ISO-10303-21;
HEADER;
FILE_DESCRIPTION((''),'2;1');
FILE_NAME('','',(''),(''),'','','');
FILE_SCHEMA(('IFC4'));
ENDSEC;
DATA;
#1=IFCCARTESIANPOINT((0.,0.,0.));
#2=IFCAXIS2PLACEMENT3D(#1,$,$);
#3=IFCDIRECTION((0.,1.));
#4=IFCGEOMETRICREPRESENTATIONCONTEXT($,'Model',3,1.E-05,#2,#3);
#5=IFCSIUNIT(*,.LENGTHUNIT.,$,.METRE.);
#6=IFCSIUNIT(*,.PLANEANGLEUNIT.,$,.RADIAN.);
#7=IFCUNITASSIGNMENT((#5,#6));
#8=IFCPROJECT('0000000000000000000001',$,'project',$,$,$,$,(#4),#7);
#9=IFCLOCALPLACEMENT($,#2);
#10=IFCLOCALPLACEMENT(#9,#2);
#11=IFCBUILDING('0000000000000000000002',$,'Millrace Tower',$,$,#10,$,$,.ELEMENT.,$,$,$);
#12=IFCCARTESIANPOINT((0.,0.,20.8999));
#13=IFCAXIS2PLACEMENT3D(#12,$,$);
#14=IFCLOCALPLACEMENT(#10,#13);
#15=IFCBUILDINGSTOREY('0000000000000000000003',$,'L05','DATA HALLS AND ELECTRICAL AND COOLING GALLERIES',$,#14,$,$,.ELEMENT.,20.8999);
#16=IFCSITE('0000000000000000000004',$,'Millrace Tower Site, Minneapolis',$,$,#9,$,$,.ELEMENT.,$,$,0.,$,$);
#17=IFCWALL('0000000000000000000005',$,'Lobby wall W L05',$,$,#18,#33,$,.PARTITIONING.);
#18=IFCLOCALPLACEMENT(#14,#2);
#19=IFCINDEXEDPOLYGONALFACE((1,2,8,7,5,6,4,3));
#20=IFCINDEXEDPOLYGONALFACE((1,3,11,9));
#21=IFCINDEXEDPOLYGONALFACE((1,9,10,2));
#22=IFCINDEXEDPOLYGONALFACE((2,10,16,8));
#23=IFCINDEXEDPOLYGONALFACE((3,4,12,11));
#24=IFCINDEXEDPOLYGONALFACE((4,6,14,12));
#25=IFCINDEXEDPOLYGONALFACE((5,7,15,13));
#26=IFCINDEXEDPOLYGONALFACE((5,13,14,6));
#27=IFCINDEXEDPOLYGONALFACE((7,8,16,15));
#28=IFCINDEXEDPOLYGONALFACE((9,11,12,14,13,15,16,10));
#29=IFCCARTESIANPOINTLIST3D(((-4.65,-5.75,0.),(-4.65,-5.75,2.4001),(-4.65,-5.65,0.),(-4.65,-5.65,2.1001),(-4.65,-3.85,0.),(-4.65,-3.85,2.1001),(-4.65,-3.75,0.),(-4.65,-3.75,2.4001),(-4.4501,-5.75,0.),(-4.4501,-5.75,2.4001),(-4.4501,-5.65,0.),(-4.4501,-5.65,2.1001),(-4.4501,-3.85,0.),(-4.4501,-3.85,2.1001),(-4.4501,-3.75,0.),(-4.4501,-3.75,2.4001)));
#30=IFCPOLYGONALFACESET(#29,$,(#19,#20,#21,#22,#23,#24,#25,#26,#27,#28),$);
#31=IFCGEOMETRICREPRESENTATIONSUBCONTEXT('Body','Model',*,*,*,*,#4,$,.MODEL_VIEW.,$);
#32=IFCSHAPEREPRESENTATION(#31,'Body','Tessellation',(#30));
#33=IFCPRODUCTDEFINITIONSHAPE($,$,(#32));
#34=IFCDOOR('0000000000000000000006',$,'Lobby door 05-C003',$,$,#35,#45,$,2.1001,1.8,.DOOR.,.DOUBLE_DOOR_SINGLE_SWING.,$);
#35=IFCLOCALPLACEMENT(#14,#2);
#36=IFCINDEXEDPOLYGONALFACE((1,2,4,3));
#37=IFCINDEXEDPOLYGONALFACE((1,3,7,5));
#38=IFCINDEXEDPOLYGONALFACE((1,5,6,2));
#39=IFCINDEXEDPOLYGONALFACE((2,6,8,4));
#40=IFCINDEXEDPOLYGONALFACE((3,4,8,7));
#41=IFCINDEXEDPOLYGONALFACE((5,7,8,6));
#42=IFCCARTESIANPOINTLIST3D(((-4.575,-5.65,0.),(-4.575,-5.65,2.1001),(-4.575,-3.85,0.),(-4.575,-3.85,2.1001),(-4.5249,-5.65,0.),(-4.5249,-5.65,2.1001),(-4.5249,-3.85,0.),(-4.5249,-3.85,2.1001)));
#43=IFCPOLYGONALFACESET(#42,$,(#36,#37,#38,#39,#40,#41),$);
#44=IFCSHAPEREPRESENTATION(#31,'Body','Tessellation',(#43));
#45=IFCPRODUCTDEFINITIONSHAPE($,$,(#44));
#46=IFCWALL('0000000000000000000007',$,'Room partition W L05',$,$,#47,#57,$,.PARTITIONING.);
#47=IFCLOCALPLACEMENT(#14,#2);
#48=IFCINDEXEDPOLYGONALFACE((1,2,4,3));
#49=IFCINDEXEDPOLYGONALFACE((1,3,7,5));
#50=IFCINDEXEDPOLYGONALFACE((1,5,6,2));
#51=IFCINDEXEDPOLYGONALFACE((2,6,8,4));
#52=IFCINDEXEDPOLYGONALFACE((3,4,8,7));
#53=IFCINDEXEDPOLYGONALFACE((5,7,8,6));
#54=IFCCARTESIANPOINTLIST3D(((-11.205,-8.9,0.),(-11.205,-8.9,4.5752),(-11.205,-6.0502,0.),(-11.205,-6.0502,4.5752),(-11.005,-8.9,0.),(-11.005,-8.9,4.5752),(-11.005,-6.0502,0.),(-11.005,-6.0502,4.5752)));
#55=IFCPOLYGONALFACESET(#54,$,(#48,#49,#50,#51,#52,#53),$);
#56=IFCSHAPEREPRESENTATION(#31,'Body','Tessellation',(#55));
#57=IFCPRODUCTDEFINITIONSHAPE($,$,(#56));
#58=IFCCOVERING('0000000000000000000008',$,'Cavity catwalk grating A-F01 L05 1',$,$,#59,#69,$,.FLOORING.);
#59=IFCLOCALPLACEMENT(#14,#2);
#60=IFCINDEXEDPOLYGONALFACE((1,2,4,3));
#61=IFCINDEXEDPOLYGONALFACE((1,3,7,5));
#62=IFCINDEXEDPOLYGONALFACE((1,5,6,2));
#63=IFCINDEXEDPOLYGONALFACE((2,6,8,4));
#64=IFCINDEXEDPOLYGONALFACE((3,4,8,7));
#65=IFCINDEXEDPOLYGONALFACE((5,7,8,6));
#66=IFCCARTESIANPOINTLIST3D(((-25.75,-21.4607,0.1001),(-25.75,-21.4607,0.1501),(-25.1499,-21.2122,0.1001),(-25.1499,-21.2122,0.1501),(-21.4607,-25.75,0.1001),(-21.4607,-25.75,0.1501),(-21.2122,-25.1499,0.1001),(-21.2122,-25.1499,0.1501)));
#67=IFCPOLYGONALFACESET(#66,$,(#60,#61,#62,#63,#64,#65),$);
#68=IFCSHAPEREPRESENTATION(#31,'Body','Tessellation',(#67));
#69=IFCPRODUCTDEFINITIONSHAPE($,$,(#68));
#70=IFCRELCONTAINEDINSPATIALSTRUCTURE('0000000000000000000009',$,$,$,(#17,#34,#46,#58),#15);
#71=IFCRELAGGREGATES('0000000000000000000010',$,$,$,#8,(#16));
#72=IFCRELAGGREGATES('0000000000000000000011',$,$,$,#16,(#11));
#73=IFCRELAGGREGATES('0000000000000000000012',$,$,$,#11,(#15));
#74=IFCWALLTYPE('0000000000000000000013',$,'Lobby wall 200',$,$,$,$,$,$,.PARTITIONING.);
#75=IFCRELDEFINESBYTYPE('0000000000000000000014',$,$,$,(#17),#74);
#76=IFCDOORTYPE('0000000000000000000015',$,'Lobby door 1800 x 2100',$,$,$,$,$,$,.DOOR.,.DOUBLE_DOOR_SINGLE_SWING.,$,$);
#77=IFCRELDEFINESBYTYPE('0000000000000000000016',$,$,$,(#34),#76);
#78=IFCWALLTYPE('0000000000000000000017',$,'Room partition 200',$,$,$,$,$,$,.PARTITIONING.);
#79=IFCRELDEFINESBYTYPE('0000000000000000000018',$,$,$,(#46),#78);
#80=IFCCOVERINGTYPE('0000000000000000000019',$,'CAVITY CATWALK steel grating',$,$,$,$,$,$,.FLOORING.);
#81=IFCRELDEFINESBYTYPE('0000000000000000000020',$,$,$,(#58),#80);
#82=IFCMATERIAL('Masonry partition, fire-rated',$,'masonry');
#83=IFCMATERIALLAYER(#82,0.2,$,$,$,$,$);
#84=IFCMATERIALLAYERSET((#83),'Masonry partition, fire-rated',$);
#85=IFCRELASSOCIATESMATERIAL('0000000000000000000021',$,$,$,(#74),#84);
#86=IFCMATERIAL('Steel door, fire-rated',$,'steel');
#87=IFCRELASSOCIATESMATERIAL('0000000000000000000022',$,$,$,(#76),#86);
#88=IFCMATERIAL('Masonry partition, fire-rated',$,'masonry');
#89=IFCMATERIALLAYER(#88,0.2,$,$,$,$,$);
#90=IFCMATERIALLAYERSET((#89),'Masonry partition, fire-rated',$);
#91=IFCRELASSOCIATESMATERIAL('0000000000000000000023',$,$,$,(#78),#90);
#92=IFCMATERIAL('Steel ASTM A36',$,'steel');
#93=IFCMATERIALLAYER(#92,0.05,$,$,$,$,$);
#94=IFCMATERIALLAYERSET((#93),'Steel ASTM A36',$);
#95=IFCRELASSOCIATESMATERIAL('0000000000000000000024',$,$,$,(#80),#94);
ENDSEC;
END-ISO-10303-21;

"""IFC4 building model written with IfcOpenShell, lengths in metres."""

from ifc_helpers import new_model, si_unit, direction, frame, frame_2d, origin, place, context, subcontext, project, spatial, polyline, rectangle, outline, extrude, material, layer, layer_set, type_object, element, fill, save


model = new_model("IFC4")

# Units and contexts
model_context = context("Model", 3, precision=1e-05, world=origin(), true_north=direction((0.0, 1.0)))
body_context = subcontext(model_context, "Body", "Model", "MODEL_VIEW")
ifc_project = project(units=[si_unit("LENGTHUNIT", "METRE"), si_unit("PLANEANGLEUNIT", "RADIAN")], contexts=[model_context])

# Site, building, storey
site_placement = place(None, origin())
site = spatial("IfcSite", under=ifc_project, at=site_placement, Name="Millrace Tower Site, Minneapolis", CompositionType="ELEMENT", RefElevation=0.0)
building_placement = place(site_placement, origin())
building = spatial("IfcBuilding", under=site, at=building_placement, Name="Millrace Tower", CompositionType="ELEMENT")
storey_placement = place(building_placement, frame((0.0, 0.0, 20.8999)))
storey = spatial("IfcBuildingStorey", under=building, at=storey_placement, Name="L05", Description="DATA HALLS AND ELECTRICAL AND COOLING GALLERIES", CompositionType="ELEMENT", Elevation=20.8999)

# Wall, opening, door
ifc_material_1 = material(Name="Masonry partition, fire-rated", Category="masonry")
ifc_layer_1 = layer(ifc_material_1, 0.2)
ifc_layer_set_1 = layer_set([ifc_layer_1], Name="Masonry partition, fire-rated")
wall_type_1 = type_object("IfcWallType", Name="Lobby wall 200", PredefinedType="PARTITIONING", material=ifc_layer_set_1)
wall_1_placement = place(storey_placement, frame((-4.55, -5.75, 0.0), z_axis=(0.0, 0.0, 1.0), x_axis=(0.0, 1.0, 0.0)))
wall_1 = element("IfcWall", 1, at=wall_1_placement, inside=storey, type_object=wall_type_1, Name="Lobby wall W L05", PredefinedType="PARTITIONING", context=body_context, shape_type="SweptSolid", body=[
    extrude(rectangle(XDim=2.0, YDim=0.2, at=frame_2d((1.0, 0.0))), origin(), (0.0, 0.0, 1.0), 2.4001),
])
opening_1_placement = place(wall_1_placement, frame((0.1001, 0.0, 0.0)))
opening_1 = element("IfcOpeningElement", 2, at=opening_1_placement, cuts=wall_1, PredefinedType="OPENING", context=body_context, shape_type="SweptSolid", body=[
    extrude(rectangle(XDim=1.8, YDim=2.1001, at=frame_2d((0.8999, 1.05))), frame((0.0, 0.1099, 0.0), z_axis=(0.0, -1.0, 0.0), x_axis=(1.0, 0.0, 0.0)), (0.0, 0.0, 1.0), 0.22),
])
ifc_material_2 = material(Name="Steel door, fire-rated", Category="steel")
door_type_1 = type_object("IfcDoorType", Name="Lobby door 1800 x 2100", OperationType="DOUBLE_DOOR_SINGLE_SWING", PredefinedType="DOOR", material=ifc_material_2)
door_1_placement = place(opening_1_placement, origin())
door_1 = element("IfcDoor", 3, at=door_1_placement, inside=storey, type_object=door_type_1, Name="Lobby door 05-C003", OperationType="DOUBLE_DOOR_SINGLE_SWING", OverallHeight=2.1001, OverallWidth=1.8, PredefinedType="DOOR", context=body_context, shape_type="SweptSolid", body=[
    extrude(rectangle(XDim=1.8, YDim=2.1001, at=frame_2d((0.8999, 1.05))), frame((0.0, 0.0249, 0.0), z_axis=(0.0, -1.0, 0.0), x_axis=(1.0, 0.0, 0.0)), (0.0, 0.0, 1.0), 0.05),
])
fill(opening_1, door_1)

# Wall
ifc_material_3 = material(Name="Masonry partition, fire-rated", Category="masonry")
ifc_layer_2 = layer(ifc_material_3, 0.2)
ifc_layer_set_2 = layer_set([ifc_layer_2], Name="Masonry partition, fire-rated")
wall_type_2 = type_object("IfcWallType", Name="Room partition 200", PredefinedType="PARTITIONING", material=ifc_layer_set_2)
wall_2_placement = place(storey_placement, frame((-11.105, -8.8999, 0.0), z_axis=(0.0, 0.0, 1.0), x_axis=(0.0, 1.0, 0.0)))
element("IfcWall", 4, at=wall_2_placement, inside=storey, type_object=wall_type_2, Name="Room partition W L05", PredefinedType="PARTITIONING", context=body_context, shape_type="SweptSolid", body=[
    extrude(rectangle(XDim=2.8499, YDim=0.2, at=frame_2d((1.4248, 0.0))), origin(), (0.0, 0.0, 1.0), 4.5752),
])

# Covering
ifc_material_4 = material(Name="Steel ASTM A36", Category="steel")
ifc_layer_3 = layer(ifc_material_4, 0.05)
ifc_layer_set_3 = layer_set([ifc_layer_3], Name="Steel ASTM A36")
covering_type = type_object("IfcCoveringType", Name="CAVITY CATWALK steel grating", PredefinedType="FLOORING", material=ifc_layer_set_3)
covering_placement = place(storey_placement, frame((0.0, 0.0, 0.1001)))
element("IfcCovering", 5, at=covering_placement, inside=storey, type_object=covering_type, Name="Cavity catwalk grating A-F01 L05 1", PredefinedType="FLOORING", context=body_context, shape_type="SweptSolid", body=[
    extrude(outline(polyline([(-25.75, -21.4607), (-21.4607, -25.75), (-21.2122, -25.1499), (-25.1499, -21.2122), (-25.75, -21.4607)])), origin(), (0.0, 0.0, 1.0), 0.05),
])

save(model, "model.ifc")
